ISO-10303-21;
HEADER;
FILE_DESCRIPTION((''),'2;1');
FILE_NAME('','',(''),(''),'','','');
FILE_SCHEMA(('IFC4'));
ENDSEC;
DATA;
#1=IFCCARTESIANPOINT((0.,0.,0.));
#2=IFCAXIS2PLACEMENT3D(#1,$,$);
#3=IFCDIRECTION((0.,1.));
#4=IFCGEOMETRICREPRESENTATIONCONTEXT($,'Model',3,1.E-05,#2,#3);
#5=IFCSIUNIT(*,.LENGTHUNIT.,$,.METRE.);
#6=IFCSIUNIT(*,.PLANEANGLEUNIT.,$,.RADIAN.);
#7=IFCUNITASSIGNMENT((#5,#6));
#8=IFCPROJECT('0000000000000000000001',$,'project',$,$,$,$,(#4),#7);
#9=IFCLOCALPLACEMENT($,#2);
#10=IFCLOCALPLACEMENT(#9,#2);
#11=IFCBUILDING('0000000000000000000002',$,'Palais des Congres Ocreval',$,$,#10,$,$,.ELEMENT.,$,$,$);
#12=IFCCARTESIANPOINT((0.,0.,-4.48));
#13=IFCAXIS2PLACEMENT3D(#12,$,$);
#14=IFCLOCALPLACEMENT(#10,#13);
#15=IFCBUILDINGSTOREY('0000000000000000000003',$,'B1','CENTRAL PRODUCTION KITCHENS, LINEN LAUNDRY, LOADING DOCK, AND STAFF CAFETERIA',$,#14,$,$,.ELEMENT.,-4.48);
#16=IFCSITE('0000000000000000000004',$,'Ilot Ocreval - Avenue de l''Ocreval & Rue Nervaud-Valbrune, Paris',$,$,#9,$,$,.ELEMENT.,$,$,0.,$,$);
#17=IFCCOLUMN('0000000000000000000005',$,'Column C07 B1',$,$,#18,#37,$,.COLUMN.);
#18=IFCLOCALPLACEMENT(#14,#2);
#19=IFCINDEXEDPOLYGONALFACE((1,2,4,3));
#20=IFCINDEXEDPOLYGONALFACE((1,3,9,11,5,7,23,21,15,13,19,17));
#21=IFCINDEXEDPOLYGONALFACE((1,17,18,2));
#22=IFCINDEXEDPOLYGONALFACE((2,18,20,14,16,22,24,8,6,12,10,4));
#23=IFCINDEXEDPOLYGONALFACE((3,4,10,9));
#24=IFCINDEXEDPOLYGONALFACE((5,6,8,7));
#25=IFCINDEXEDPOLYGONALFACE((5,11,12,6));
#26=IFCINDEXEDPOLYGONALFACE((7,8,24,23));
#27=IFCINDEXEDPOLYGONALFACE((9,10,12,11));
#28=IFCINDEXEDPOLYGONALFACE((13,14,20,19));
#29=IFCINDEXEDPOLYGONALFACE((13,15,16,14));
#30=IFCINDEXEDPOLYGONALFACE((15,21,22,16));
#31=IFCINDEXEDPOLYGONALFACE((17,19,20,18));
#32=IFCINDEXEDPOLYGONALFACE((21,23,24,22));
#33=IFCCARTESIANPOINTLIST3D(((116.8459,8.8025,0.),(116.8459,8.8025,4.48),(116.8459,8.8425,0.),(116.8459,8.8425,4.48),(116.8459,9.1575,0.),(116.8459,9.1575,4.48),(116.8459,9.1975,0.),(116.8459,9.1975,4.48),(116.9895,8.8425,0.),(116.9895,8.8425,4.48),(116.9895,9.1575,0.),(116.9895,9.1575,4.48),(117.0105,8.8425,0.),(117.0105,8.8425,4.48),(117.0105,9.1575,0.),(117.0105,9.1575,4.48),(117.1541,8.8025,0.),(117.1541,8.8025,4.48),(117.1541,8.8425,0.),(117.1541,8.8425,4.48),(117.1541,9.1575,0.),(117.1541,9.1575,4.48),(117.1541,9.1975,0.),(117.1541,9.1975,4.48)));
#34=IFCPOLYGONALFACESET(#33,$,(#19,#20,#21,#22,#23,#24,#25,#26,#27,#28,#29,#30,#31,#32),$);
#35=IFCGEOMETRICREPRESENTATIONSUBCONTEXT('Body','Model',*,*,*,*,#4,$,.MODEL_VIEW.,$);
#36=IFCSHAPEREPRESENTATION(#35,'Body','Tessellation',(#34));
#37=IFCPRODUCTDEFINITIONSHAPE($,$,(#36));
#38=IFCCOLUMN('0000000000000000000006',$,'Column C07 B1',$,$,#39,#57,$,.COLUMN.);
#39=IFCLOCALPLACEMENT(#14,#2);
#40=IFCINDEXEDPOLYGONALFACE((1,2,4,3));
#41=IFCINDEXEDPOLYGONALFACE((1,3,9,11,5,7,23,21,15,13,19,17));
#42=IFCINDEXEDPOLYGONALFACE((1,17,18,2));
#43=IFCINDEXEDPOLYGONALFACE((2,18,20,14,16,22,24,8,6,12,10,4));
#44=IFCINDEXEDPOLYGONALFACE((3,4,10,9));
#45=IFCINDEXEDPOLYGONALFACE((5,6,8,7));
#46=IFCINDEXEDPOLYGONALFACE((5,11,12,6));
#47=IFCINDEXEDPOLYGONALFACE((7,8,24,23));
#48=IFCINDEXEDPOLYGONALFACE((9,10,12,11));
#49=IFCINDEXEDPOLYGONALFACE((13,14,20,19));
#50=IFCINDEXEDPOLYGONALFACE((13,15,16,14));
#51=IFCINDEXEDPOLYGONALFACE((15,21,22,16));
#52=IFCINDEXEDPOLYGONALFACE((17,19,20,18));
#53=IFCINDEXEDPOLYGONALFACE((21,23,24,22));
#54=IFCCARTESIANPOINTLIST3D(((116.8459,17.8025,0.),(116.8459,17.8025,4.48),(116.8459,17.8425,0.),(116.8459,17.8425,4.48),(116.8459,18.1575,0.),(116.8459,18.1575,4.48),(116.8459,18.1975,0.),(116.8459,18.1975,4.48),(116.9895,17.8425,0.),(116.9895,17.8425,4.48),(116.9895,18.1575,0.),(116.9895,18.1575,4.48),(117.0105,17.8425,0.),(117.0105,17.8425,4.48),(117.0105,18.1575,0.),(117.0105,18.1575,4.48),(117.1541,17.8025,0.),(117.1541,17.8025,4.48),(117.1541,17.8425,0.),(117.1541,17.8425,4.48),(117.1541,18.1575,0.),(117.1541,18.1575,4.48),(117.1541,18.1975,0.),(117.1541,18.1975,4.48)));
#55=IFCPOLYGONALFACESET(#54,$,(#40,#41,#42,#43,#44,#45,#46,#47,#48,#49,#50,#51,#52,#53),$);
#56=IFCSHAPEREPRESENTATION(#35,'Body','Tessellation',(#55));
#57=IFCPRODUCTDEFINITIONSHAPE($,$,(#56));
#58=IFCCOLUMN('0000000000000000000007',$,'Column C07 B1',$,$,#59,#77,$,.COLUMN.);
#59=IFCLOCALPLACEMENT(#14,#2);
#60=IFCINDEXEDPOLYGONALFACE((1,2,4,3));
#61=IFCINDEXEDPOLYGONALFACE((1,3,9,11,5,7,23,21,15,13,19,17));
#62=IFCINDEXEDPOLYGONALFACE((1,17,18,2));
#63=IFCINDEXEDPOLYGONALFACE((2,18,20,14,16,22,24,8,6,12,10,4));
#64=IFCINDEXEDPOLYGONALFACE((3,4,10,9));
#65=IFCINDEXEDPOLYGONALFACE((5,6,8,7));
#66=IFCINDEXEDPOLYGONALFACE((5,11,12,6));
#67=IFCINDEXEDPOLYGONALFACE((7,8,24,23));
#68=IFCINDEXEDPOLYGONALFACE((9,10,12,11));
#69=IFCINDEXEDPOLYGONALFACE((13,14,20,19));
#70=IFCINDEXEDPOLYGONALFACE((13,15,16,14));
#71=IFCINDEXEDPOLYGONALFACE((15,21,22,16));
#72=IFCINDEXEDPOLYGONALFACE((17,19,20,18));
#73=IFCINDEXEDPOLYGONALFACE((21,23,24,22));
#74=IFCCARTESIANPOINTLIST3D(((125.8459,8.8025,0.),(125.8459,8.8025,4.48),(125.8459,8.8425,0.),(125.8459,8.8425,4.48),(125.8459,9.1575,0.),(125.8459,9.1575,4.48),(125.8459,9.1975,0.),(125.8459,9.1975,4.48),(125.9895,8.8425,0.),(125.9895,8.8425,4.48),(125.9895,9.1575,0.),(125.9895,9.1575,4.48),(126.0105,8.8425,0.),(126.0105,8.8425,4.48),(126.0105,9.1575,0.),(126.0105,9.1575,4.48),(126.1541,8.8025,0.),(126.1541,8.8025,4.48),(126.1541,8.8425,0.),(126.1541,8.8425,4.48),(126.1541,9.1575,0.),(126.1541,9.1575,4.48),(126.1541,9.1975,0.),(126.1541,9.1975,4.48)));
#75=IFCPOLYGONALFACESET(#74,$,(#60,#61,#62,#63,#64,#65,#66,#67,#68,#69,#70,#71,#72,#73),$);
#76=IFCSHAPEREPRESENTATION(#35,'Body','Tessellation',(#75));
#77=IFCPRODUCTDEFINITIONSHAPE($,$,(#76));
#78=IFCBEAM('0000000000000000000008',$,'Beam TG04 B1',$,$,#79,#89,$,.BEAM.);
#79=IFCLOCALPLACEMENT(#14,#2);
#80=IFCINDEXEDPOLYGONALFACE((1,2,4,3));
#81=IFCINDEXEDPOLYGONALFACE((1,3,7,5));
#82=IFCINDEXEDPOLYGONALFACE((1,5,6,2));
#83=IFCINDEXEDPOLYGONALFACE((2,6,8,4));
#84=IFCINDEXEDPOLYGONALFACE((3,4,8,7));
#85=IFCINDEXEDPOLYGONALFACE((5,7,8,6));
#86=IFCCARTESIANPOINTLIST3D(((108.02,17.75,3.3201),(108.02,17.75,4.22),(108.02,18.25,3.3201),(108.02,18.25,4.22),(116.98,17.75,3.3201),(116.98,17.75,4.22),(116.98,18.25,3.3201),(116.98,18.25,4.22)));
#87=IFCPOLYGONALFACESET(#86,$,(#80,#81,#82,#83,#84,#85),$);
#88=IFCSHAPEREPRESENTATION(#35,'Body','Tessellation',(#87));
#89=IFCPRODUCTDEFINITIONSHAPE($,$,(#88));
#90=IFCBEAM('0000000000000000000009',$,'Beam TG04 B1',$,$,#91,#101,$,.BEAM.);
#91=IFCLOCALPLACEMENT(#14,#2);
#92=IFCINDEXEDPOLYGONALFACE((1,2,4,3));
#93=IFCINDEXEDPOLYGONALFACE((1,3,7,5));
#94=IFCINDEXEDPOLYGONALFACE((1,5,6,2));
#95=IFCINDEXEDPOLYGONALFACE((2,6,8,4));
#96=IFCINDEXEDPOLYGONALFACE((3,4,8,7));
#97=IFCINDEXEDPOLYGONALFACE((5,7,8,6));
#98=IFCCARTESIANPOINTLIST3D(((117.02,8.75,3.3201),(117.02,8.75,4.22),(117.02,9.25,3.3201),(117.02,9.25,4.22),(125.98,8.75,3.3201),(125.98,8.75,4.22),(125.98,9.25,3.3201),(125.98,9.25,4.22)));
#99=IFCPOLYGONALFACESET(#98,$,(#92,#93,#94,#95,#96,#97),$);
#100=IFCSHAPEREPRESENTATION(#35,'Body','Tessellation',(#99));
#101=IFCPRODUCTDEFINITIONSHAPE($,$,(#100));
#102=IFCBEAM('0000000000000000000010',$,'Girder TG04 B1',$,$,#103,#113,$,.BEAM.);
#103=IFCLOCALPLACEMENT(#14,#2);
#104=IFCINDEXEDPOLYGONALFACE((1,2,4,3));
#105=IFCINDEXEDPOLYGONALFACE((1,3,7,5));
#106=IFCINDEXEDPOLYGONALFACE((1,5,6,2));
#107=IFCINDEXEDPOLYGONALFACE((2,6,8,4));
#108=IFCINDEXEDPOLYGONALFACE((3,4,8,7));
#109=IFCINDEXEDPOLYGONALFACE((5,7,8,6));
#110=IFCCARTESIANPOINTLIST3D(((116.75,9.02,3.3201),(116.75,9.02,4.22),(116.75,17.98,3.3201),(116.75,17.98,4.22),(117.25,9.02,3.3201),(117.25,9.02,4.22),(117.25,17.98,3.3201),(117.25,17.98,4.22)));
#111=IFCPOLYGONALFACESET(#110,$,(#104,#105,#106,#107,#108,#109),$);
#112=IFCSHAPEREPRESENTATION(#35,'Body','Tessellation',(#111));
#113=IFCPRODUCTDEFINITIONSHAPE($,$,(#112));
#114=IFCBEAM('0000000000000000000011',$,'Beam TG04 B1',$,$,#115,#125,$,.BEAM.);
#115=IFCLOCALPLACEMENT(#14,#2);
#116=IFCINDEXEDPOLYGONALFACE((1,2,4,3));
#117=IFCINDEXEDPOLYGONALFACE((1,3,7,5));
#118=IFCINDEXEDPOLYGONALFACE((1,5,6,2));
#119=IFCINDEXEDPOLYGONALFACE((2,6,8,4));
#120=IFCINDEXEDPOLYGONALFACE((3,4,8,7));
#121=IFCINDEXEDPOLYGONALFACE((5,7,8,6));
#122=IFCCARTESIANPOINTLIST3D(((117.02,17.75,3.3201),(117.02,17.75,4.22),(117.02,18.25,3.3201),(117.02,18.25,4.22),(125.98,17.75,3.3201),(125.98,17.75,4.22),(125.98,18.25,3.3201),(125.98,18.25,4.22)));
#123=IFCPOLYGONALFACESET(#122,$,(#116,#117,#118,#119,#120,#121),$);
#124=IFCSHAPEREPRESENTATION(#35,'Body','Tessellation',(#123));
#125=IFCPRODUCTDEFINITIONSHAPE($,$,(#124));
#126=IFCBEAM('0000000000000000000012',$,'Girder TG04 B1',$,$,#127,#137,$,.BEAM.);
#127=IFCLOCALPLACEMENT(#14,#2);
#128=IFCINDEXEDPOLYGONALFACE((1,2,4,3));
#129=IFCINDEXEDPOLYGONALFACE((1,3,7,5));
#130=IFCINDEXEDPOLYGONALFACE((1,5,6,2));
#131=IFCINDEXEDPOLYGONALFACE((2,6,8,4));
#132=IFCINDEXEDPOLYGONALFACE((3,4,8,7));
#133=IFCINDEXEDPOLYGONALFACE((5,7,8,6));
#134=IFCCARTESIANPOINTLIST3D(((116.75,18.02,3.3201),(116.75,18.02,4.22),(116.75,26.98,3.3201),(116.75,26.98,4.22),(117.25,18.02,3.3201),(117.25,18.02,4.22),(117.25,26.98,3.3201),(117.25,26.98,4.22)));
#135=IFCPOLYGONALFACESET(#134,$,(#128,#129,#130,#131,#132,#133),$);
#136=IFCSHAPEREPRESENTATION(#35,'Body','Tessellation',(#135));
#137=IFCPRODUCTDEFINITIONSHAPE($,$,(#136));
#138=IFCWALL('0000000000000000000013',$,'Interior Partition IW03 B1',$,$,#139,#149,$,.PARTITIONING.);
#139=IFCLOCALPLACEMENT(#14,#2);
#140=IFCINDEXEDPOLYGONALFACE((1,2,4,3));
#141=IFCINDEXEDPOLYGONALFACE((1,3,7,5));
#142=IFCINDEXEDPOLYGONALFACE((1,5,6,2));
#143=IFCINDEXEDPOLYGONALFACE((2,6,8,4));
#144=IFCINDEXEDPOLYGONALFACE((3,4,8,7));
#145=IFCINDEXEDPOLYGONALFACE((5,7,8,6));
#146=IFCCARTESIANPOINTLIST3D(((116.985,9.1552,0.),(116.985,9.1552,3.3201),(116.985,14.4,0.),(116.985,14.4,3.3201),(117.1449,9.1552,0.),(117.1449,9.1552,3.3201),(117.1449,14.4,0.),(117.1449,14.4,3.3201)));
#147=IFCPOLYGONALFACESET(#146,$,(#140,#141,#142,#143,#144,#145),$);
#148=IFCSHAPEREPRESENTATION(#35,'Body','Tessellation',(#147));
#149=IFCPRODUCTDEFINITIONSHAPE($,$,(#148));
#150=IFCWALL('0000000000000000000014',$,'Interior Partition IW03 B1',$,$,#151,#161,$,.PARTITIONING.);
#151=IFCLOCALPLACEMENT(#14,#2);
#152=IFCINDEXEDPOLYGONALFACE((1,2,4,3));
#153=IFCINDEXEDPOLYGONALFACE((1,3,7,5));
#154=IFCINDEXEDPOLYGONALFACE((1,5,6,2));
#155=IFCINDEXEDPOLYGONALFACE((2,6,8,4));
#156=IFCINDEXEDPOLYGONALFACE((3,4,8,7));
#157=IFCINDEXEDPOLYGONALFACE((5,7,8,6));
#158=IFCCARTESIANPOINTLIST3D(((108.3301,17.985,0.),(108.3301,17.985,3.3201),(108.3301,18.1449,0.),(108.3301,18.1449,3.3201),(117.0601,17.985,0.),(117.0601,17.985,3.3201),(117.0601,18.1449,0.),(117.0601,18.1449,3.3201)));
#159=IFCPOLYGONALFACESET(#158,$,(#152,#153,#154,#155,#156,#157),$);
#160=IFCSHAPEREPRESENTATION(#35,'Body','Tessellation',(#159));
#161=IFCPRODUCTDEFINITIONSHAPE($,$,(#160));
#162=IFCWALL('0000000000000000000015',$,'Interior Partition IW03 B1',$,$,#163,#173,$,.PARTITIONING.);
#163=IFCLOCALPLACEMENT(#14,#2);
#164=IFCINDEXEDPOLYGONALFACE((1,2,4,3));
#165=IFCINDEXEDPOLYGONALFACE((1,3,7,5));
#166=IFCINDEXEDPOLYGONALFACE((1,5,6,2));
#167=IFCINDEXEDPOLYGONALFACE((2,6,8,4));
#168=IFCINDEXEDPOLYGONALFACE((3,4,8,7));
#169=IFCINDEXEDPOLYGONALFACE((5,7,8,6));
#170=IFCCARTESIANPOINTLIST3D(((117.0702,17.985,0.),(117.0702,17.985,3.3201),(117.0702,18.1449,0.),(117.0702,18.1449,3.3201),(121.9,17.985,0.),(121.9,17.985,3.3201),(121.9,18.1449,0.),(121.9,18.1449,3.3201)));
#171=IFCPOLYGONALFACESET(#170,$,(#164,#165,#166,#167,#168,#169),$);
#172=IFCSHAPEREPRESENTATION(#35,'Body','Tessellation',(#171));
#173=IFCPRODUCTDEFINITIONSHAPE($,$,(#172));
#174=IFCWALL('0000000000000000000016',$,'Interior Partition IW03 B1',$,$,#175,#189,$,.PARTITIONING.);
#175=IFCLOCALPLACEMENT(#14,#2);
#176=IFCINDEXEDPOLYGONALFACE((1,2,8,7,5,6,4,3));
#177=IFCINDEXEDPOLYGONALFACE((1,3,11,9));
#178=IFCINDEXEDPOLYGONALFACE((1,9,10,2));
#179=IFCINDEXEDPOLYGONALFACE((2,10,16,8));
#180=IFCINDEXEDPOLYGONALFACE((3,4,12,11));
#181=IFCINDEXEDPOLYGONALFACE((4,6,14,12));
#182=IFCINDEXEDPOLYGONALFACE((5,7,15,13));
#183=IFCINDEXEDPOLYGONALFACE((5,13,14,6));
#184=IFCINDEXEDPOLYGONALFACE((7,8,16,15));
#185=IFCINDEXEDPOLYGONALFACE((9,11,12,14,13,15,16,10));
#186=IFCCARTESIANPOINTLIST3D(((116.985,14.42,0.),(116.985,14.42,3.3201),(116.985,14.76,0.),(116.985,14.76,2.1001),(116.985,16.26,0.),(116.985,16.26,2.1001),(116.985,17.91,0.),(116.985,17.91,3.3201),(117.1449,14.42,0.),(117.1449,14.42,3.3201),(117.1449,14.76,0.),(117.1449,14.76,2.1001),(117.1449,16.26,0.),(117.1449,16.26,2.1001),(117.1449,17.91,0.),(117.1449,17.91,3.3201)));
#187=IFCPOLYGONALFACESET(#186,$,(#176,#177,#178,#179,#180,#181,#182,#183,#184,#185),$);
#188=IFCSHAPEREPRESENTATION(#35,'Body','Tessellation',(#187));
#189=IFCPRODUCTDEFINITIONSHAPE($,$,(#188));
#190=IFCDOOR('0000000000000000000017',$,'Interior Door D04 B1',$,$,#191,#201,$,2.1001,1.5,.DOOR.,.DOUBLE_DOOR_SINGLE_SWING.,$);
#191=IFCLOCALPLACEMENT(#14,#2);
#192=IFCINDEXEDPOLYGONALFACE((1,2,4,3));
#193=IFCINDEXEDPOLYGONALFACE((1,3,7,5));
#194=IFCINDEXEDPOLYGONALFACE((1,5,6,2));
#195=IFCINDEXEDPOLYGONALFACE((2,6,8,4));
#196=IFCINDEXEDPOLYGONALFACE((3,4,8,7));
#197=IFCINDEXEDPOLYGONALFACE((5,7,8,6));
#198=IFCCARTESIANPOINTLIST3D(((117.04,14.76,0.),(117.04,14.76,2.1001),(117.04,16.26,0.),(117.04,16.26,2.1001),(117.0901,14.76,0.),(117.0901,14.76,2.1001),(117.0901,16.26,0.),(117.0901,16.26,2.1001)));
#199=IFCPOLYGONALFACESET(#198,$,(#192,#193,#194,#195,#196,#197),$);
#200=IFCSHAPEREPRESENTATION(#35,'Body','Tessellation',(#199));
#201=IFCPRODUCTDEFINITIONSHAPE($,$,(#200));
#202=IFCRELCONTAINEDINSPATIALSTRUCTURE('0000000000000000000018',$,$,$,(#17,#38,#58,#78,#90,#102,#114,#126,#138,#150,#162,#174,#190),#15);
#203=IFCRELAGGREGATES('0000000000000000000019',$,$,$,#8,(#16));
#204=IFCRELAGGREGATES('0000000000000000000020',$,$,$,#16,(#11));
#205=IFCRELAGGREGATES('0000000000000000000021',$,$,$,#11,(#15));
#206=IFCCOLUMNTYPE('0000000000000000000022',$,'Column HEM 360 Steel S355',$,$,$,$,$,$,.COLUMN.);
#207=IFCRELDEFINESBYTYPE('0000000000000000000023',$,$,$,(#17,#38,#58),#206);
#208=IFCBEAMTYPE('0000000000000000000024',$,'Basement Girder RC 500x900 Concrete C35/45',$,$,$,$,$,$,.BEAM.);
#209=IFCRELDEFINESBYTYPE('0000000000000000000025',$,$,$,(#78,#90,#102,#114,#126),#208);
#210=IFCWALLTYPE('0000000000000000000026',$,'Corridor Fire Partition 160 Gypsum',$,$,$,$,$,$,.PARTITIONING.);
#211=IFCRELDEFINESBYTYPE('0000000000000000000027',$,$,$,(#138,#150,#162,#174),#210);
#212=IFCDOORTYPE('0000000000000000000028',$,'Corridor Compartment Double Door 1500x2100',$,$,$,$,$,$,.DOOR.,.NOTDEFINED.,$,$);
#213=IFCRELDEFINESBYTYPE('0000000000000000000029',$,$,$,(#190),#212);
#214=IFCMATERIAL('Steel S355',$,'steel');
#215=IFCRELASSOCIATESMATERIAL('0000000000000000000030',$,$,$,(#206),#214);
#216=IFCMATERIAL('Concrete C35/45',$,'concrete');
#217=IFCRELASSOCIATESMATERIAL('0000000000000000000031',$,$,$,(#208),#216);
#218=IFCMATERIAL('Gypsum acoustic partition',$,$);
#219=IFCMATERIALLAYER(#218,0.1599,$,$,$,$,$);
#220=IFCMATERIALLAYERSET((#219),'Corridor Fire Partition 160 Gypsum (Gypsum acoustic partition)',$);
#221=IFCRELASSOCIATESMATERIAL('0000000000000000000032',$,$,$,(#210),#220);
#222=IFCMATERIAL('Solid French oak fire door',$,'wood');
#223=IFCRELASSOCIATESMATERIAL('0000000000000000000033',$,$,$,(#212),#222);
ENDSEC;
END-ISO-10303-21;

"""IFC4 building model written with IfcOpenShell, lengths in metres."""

from ifc_helpers import new_model, si_unit, direction, frame, frame_2d, origin, origin_2d, place, context, subcontext, project, spatial, rectangle, i_section, extrude, material, layer, layer_set, material_profile, profile_set, type_object, element, fill, save


model = new_model("IFC4")

# Units and contexts
model_context = context("Model", 3, precision=1e-05, world=origin(), true_north=direction((0.0, 1.0)))
body_context = subcontext(model_context, "Body", "Model", "MODEL_VIEW")
ifc_project = project(units=[si_unit("LENGTHUNIT", "METRE"), si_unit("PLANEANGLEUNIT", "RADIAN")], contexts=[model_context])

# Site, building, storey
site_placement = place(None, origin())
site = spatial("IfcSite", under=ifc_project, at=site_placement, Name="Ilot Ocreval - Avenue de l'Ocreval & Rue Nervaud-Valbrune, Paris", CompositionType="ELEMENT", RefElevation=0.0)
building_placement = place(site_placement, origin())
building = spatial("IfcBuilding", under=site, at=building_placement, Name="Palais des Congres Ocreval", CompositionType="ELEMENT")
storey_placement = place(building_placement, frame((0.0, 0.0, -4.48)))
storey = spatial("IfcBuildingStorey", under=building, at=storey_placement, Name="B1", Description="CENTRAL PRODUCTION KITCHENS, LINEN LAUNDRY, LOADING DOCK, AND STAFF CAFETERIA", CompositionType="ELEMENT", Elevation=-4.48)

# Columns
ifc_material_1 = material(Name="Steel S355", Category="steel")
ifc_material_profile_1 = material_profile(ifc_material_1, i_section(OverallWidth=0.3081, OverallDepth=0.395, WebThickness=0.021, FlangeThickness=0.04, at=origin_2d()), Name="HEM 360")
ifc_profile_set_1 = profile_set([ifc_material_profile_1], Name="Steel S355")
column_type = type_object("IfcColumnType", Name="Column HEM 360 Steel S355", PredefinedType="COLUMN", material=ifc_profile_set_1)
for number, where, z_axis, x_axis, name in (
    (1, (117.0, 9.0, 0.0), (0.0, 0.0, 1.0), (1.0, 0.0, 0.0), "Column C07 B1"),
    (2, (117.0, 18.0, 0.0), (0.0, 0.0, 1.0), (1.0, 0.0, 0.0), "Column C07 B1"),
    (3, (126.0, 9.0, 0.0), (0.0, 0.0, 1.0), (1.0, 0.0, 0.0), "Column C07 B1"),
):
    element("IfcColumn", number, at=place(storey_placement, frame(where, z_axis=z_axis, x_axis=x_axis)), inside=storey, type_object=column_type, Name=name, PredefinedType="COLUMN", context=body_context, shape_type="SweptSolid", body=[
        extrude(i_section(OverallWidth=0.3081, OverallDepth=0.395, WebThickness=0.021, FlangeThickness=0.04, at=origin_2d()), origin(), (0.0, 0.0, 1.0), 4.48),
    ])

# Beams
ifc_material_2 = material(Name="Concrete C35/45", Category="concrete")
ifc_material_profile_2 = material_profile(ifc_material_2, rectangle(XDim=0.5, YDim=0.8999, at=origin_2d()), Name="RC 500x900")
ifc_profile_set_2 = profile_set([ifc_material_profile_2], Name="Concrete C35/45")
beam_type = type_object("IfcBeamType", Name="Basement Girder RC 500x900 Concrete C35/45", PredefinedType="BEAM", material=ifc_profile_set_2)
for number, where, z_axis, x_axis, name in (
    (4, (108.02, 18.0, 3.77), (1.0, 0.0, 0.0), (0.0, 1.0, 0.0), "Beam TG04 B1"),
    (5, (117.02, 9.0, 3.77), (1.0, 0.0, 0.0), (0.0, 1.0, 0.0), "Beam TG04 B1"),
    (6, (117.0, 9.02, 3.77), (0.0, 1.0, 0.0), (-1.0, 0.0, 0.0), "Girder TG04 B1"),
    (7, (117.02, 18.0, 3.77), (1.0, 0.0, 0.0), (0.0, 1.0, 0.0), "Beam TG04 B1"),
    (8, (117.0, 18.02, 3.77), (0.0, 1.0, 0.0), (-1.0, 0.0, 0.0), "Girder TG04 B1"),
):
    element("IfcBeam", number, at=place(storey_placement, frame(where, z_axis=z_axis, x_axis=x_axis)), inside=storey, type_object=beam_type, Name=name, PredefinedType="BEAM", context=body_context, shape_type="SweptSolid", body=[
        extrude(rectangle(XDim=0.5, YDim=0.8999, at=origin_2d()), origin(), (0.0, 0.0, 1.0), 8.96),
    ])

# Walls
ifc_material_3 = material(Name="Gypsum acoustic partition")
ifc_layer_1 = layer(ifc_material_3, 0.1599)
ifc_layer_set_1 = layer_set([ifc_layer_1], Name="Corridor Fire Partition 160 Gypsum (Gypsum acoustic partition)")
wall_type_1 = type_object("IfcWallType", Name="Corridor Fire Partition 160 Gypsum", PredefinedType="PARTITIONING", material=ifc_layer_set_1)
wall_1_placement = place(storey_placement, frame((117.0649, 9.155, 0.0), z_axis=(0.0, 0.0, 1.0), x_axis=(0.0, 1.0, 0.0)))
element("IfcWall", 9, at=wall_1_placement, inside=storey, type_object=wall_type_1, Name="Interior Partition IW03 B1", PredefinedType="PARTITIONING", context=body_context, shape_type="SweptSolid", body=[
    extrude(rectangle(XDim=5.2449, YDim=0.1599, at=frame_2d((2.6226, 0.0))), origin(), (0.0, 0.0, 1.0), 3.3201),
])
wall_2_placement = place(storey_placement, frame((108.3301, 18.0649, 0.0), z_axis=(0.0, 0.0, 1.0), x_axis=(1.0, 0.0, 0.0)))
element("IfcWall", 10, at=wall_2_placement, inside=storey, type_object=wall_type_1, Name="Interior Partition IW03 B1", PredefinedType="PARTITIONING", context=body_context, shape_type="SweptSolid", body=[
    extrude(rectangle(XDim=8.73, YDim=0.1599, at=frame_2d((4.365, 0.0))), origin(), (0.0, 0.0, 1.0), 3.3201),
])
wall_3_placement = place(storey_placement, frame((117.0701, 18.0649, 0.0), z_axis=(0.0, 0.0, 1.0), x_axis=(1.0, 0.0, 0.0)))
element("IfcWall", 11, at=wall_3_placement, inside=storey, type_object=wall_type_1, Name="Interior Partition IW03 B1", PredefinedType="PARTITIONING", context=body_context, shape_type="SweptSolid", body=[
    extrude(rectangle(XDim=4.8298, YDim=0.1599, at=frame_2d((2.415, 0.0))), origin(), (0.0, 0.0, 1.0), 3.3201),
])

# Wall, opening, door
wall_4_placement = place(storey_placement, frame((117.0649, 14.4199, 0.0), z_axis=(0.0, 0.0, 1.0), x_axis=(0.0, 1.0, 0.0)))
wall_4 = element("IfcWall", 12, at=wall_4_placement, inside=storey, type_object=wall_type_1, Name="Interior Partition IW03 B1", PredefinedType="PARTITIONING", context=body_context, shape_type="SweptSolid", body=[
    extrude(rectangle(XDim=3.49, YDim=0.1599, at=frame_2d((1.7451, 0.0))), origin(), (0.0, 0.0, 1.0), 3.3201),
])
opening_1_placement = place(wall_4_placement, frame((0.3401, 0.0, 0.0)))
opening_1 = element("IfcOpeningElement", 13, at=opening_1_placement, cuts=wall_4, PredefinedType="OPENING", context=body_context, shape_type="SweptSolid", body=[
    extrude(rectangle(XDim=1.5, YDim=2.1001, at=frame_2d((0.75, 1.05))), frame((0.0, 0.0898, 0.0), z_axis=(0.0, -1.0, 0.0), x_axis=(1.0, 0.0, 0.0)), (0.0, 0.0, 1.0), 0.1799),
])
ifc_material_4 = material(Name="Solid French oak fire door", Category="wood")
door_type_1 = type_object("IfcDoorType", Name="Corridor Compartment Double Door 1500x2100", OperationType="NOTDEFINED", PredefinedType="DOOR", material=ifc_material_4)
door_1_placement = place(opening_1_placement, origin())
door_1 = element("IfcDoor", 14, at=door_1_placement, inside=storey, type_object=door_type_1, Name="Interior Door D04 B1", OperationType="DOUBLE_DOOR_SINGLE_SWING", OverallHeight=2.1001, OverallWidth=1.5, PredefinedType="DOOR", context=body_context, shape_type="SweptSolid", body=[
    extrude(rectangle(XDim=1.5, YDim=2.1001, at=frame_2d((0.75, 1.05))), frame((0.0, 0.0249, 0.0), z_axis=(0.0, -1.0, 0.0), x_axis=(1.0, 0.0, 0.0)), (0.0, 0.0, 1.0), 0.05),
])
fill(opening_1, door_1)

save(model, "model.ifc")
